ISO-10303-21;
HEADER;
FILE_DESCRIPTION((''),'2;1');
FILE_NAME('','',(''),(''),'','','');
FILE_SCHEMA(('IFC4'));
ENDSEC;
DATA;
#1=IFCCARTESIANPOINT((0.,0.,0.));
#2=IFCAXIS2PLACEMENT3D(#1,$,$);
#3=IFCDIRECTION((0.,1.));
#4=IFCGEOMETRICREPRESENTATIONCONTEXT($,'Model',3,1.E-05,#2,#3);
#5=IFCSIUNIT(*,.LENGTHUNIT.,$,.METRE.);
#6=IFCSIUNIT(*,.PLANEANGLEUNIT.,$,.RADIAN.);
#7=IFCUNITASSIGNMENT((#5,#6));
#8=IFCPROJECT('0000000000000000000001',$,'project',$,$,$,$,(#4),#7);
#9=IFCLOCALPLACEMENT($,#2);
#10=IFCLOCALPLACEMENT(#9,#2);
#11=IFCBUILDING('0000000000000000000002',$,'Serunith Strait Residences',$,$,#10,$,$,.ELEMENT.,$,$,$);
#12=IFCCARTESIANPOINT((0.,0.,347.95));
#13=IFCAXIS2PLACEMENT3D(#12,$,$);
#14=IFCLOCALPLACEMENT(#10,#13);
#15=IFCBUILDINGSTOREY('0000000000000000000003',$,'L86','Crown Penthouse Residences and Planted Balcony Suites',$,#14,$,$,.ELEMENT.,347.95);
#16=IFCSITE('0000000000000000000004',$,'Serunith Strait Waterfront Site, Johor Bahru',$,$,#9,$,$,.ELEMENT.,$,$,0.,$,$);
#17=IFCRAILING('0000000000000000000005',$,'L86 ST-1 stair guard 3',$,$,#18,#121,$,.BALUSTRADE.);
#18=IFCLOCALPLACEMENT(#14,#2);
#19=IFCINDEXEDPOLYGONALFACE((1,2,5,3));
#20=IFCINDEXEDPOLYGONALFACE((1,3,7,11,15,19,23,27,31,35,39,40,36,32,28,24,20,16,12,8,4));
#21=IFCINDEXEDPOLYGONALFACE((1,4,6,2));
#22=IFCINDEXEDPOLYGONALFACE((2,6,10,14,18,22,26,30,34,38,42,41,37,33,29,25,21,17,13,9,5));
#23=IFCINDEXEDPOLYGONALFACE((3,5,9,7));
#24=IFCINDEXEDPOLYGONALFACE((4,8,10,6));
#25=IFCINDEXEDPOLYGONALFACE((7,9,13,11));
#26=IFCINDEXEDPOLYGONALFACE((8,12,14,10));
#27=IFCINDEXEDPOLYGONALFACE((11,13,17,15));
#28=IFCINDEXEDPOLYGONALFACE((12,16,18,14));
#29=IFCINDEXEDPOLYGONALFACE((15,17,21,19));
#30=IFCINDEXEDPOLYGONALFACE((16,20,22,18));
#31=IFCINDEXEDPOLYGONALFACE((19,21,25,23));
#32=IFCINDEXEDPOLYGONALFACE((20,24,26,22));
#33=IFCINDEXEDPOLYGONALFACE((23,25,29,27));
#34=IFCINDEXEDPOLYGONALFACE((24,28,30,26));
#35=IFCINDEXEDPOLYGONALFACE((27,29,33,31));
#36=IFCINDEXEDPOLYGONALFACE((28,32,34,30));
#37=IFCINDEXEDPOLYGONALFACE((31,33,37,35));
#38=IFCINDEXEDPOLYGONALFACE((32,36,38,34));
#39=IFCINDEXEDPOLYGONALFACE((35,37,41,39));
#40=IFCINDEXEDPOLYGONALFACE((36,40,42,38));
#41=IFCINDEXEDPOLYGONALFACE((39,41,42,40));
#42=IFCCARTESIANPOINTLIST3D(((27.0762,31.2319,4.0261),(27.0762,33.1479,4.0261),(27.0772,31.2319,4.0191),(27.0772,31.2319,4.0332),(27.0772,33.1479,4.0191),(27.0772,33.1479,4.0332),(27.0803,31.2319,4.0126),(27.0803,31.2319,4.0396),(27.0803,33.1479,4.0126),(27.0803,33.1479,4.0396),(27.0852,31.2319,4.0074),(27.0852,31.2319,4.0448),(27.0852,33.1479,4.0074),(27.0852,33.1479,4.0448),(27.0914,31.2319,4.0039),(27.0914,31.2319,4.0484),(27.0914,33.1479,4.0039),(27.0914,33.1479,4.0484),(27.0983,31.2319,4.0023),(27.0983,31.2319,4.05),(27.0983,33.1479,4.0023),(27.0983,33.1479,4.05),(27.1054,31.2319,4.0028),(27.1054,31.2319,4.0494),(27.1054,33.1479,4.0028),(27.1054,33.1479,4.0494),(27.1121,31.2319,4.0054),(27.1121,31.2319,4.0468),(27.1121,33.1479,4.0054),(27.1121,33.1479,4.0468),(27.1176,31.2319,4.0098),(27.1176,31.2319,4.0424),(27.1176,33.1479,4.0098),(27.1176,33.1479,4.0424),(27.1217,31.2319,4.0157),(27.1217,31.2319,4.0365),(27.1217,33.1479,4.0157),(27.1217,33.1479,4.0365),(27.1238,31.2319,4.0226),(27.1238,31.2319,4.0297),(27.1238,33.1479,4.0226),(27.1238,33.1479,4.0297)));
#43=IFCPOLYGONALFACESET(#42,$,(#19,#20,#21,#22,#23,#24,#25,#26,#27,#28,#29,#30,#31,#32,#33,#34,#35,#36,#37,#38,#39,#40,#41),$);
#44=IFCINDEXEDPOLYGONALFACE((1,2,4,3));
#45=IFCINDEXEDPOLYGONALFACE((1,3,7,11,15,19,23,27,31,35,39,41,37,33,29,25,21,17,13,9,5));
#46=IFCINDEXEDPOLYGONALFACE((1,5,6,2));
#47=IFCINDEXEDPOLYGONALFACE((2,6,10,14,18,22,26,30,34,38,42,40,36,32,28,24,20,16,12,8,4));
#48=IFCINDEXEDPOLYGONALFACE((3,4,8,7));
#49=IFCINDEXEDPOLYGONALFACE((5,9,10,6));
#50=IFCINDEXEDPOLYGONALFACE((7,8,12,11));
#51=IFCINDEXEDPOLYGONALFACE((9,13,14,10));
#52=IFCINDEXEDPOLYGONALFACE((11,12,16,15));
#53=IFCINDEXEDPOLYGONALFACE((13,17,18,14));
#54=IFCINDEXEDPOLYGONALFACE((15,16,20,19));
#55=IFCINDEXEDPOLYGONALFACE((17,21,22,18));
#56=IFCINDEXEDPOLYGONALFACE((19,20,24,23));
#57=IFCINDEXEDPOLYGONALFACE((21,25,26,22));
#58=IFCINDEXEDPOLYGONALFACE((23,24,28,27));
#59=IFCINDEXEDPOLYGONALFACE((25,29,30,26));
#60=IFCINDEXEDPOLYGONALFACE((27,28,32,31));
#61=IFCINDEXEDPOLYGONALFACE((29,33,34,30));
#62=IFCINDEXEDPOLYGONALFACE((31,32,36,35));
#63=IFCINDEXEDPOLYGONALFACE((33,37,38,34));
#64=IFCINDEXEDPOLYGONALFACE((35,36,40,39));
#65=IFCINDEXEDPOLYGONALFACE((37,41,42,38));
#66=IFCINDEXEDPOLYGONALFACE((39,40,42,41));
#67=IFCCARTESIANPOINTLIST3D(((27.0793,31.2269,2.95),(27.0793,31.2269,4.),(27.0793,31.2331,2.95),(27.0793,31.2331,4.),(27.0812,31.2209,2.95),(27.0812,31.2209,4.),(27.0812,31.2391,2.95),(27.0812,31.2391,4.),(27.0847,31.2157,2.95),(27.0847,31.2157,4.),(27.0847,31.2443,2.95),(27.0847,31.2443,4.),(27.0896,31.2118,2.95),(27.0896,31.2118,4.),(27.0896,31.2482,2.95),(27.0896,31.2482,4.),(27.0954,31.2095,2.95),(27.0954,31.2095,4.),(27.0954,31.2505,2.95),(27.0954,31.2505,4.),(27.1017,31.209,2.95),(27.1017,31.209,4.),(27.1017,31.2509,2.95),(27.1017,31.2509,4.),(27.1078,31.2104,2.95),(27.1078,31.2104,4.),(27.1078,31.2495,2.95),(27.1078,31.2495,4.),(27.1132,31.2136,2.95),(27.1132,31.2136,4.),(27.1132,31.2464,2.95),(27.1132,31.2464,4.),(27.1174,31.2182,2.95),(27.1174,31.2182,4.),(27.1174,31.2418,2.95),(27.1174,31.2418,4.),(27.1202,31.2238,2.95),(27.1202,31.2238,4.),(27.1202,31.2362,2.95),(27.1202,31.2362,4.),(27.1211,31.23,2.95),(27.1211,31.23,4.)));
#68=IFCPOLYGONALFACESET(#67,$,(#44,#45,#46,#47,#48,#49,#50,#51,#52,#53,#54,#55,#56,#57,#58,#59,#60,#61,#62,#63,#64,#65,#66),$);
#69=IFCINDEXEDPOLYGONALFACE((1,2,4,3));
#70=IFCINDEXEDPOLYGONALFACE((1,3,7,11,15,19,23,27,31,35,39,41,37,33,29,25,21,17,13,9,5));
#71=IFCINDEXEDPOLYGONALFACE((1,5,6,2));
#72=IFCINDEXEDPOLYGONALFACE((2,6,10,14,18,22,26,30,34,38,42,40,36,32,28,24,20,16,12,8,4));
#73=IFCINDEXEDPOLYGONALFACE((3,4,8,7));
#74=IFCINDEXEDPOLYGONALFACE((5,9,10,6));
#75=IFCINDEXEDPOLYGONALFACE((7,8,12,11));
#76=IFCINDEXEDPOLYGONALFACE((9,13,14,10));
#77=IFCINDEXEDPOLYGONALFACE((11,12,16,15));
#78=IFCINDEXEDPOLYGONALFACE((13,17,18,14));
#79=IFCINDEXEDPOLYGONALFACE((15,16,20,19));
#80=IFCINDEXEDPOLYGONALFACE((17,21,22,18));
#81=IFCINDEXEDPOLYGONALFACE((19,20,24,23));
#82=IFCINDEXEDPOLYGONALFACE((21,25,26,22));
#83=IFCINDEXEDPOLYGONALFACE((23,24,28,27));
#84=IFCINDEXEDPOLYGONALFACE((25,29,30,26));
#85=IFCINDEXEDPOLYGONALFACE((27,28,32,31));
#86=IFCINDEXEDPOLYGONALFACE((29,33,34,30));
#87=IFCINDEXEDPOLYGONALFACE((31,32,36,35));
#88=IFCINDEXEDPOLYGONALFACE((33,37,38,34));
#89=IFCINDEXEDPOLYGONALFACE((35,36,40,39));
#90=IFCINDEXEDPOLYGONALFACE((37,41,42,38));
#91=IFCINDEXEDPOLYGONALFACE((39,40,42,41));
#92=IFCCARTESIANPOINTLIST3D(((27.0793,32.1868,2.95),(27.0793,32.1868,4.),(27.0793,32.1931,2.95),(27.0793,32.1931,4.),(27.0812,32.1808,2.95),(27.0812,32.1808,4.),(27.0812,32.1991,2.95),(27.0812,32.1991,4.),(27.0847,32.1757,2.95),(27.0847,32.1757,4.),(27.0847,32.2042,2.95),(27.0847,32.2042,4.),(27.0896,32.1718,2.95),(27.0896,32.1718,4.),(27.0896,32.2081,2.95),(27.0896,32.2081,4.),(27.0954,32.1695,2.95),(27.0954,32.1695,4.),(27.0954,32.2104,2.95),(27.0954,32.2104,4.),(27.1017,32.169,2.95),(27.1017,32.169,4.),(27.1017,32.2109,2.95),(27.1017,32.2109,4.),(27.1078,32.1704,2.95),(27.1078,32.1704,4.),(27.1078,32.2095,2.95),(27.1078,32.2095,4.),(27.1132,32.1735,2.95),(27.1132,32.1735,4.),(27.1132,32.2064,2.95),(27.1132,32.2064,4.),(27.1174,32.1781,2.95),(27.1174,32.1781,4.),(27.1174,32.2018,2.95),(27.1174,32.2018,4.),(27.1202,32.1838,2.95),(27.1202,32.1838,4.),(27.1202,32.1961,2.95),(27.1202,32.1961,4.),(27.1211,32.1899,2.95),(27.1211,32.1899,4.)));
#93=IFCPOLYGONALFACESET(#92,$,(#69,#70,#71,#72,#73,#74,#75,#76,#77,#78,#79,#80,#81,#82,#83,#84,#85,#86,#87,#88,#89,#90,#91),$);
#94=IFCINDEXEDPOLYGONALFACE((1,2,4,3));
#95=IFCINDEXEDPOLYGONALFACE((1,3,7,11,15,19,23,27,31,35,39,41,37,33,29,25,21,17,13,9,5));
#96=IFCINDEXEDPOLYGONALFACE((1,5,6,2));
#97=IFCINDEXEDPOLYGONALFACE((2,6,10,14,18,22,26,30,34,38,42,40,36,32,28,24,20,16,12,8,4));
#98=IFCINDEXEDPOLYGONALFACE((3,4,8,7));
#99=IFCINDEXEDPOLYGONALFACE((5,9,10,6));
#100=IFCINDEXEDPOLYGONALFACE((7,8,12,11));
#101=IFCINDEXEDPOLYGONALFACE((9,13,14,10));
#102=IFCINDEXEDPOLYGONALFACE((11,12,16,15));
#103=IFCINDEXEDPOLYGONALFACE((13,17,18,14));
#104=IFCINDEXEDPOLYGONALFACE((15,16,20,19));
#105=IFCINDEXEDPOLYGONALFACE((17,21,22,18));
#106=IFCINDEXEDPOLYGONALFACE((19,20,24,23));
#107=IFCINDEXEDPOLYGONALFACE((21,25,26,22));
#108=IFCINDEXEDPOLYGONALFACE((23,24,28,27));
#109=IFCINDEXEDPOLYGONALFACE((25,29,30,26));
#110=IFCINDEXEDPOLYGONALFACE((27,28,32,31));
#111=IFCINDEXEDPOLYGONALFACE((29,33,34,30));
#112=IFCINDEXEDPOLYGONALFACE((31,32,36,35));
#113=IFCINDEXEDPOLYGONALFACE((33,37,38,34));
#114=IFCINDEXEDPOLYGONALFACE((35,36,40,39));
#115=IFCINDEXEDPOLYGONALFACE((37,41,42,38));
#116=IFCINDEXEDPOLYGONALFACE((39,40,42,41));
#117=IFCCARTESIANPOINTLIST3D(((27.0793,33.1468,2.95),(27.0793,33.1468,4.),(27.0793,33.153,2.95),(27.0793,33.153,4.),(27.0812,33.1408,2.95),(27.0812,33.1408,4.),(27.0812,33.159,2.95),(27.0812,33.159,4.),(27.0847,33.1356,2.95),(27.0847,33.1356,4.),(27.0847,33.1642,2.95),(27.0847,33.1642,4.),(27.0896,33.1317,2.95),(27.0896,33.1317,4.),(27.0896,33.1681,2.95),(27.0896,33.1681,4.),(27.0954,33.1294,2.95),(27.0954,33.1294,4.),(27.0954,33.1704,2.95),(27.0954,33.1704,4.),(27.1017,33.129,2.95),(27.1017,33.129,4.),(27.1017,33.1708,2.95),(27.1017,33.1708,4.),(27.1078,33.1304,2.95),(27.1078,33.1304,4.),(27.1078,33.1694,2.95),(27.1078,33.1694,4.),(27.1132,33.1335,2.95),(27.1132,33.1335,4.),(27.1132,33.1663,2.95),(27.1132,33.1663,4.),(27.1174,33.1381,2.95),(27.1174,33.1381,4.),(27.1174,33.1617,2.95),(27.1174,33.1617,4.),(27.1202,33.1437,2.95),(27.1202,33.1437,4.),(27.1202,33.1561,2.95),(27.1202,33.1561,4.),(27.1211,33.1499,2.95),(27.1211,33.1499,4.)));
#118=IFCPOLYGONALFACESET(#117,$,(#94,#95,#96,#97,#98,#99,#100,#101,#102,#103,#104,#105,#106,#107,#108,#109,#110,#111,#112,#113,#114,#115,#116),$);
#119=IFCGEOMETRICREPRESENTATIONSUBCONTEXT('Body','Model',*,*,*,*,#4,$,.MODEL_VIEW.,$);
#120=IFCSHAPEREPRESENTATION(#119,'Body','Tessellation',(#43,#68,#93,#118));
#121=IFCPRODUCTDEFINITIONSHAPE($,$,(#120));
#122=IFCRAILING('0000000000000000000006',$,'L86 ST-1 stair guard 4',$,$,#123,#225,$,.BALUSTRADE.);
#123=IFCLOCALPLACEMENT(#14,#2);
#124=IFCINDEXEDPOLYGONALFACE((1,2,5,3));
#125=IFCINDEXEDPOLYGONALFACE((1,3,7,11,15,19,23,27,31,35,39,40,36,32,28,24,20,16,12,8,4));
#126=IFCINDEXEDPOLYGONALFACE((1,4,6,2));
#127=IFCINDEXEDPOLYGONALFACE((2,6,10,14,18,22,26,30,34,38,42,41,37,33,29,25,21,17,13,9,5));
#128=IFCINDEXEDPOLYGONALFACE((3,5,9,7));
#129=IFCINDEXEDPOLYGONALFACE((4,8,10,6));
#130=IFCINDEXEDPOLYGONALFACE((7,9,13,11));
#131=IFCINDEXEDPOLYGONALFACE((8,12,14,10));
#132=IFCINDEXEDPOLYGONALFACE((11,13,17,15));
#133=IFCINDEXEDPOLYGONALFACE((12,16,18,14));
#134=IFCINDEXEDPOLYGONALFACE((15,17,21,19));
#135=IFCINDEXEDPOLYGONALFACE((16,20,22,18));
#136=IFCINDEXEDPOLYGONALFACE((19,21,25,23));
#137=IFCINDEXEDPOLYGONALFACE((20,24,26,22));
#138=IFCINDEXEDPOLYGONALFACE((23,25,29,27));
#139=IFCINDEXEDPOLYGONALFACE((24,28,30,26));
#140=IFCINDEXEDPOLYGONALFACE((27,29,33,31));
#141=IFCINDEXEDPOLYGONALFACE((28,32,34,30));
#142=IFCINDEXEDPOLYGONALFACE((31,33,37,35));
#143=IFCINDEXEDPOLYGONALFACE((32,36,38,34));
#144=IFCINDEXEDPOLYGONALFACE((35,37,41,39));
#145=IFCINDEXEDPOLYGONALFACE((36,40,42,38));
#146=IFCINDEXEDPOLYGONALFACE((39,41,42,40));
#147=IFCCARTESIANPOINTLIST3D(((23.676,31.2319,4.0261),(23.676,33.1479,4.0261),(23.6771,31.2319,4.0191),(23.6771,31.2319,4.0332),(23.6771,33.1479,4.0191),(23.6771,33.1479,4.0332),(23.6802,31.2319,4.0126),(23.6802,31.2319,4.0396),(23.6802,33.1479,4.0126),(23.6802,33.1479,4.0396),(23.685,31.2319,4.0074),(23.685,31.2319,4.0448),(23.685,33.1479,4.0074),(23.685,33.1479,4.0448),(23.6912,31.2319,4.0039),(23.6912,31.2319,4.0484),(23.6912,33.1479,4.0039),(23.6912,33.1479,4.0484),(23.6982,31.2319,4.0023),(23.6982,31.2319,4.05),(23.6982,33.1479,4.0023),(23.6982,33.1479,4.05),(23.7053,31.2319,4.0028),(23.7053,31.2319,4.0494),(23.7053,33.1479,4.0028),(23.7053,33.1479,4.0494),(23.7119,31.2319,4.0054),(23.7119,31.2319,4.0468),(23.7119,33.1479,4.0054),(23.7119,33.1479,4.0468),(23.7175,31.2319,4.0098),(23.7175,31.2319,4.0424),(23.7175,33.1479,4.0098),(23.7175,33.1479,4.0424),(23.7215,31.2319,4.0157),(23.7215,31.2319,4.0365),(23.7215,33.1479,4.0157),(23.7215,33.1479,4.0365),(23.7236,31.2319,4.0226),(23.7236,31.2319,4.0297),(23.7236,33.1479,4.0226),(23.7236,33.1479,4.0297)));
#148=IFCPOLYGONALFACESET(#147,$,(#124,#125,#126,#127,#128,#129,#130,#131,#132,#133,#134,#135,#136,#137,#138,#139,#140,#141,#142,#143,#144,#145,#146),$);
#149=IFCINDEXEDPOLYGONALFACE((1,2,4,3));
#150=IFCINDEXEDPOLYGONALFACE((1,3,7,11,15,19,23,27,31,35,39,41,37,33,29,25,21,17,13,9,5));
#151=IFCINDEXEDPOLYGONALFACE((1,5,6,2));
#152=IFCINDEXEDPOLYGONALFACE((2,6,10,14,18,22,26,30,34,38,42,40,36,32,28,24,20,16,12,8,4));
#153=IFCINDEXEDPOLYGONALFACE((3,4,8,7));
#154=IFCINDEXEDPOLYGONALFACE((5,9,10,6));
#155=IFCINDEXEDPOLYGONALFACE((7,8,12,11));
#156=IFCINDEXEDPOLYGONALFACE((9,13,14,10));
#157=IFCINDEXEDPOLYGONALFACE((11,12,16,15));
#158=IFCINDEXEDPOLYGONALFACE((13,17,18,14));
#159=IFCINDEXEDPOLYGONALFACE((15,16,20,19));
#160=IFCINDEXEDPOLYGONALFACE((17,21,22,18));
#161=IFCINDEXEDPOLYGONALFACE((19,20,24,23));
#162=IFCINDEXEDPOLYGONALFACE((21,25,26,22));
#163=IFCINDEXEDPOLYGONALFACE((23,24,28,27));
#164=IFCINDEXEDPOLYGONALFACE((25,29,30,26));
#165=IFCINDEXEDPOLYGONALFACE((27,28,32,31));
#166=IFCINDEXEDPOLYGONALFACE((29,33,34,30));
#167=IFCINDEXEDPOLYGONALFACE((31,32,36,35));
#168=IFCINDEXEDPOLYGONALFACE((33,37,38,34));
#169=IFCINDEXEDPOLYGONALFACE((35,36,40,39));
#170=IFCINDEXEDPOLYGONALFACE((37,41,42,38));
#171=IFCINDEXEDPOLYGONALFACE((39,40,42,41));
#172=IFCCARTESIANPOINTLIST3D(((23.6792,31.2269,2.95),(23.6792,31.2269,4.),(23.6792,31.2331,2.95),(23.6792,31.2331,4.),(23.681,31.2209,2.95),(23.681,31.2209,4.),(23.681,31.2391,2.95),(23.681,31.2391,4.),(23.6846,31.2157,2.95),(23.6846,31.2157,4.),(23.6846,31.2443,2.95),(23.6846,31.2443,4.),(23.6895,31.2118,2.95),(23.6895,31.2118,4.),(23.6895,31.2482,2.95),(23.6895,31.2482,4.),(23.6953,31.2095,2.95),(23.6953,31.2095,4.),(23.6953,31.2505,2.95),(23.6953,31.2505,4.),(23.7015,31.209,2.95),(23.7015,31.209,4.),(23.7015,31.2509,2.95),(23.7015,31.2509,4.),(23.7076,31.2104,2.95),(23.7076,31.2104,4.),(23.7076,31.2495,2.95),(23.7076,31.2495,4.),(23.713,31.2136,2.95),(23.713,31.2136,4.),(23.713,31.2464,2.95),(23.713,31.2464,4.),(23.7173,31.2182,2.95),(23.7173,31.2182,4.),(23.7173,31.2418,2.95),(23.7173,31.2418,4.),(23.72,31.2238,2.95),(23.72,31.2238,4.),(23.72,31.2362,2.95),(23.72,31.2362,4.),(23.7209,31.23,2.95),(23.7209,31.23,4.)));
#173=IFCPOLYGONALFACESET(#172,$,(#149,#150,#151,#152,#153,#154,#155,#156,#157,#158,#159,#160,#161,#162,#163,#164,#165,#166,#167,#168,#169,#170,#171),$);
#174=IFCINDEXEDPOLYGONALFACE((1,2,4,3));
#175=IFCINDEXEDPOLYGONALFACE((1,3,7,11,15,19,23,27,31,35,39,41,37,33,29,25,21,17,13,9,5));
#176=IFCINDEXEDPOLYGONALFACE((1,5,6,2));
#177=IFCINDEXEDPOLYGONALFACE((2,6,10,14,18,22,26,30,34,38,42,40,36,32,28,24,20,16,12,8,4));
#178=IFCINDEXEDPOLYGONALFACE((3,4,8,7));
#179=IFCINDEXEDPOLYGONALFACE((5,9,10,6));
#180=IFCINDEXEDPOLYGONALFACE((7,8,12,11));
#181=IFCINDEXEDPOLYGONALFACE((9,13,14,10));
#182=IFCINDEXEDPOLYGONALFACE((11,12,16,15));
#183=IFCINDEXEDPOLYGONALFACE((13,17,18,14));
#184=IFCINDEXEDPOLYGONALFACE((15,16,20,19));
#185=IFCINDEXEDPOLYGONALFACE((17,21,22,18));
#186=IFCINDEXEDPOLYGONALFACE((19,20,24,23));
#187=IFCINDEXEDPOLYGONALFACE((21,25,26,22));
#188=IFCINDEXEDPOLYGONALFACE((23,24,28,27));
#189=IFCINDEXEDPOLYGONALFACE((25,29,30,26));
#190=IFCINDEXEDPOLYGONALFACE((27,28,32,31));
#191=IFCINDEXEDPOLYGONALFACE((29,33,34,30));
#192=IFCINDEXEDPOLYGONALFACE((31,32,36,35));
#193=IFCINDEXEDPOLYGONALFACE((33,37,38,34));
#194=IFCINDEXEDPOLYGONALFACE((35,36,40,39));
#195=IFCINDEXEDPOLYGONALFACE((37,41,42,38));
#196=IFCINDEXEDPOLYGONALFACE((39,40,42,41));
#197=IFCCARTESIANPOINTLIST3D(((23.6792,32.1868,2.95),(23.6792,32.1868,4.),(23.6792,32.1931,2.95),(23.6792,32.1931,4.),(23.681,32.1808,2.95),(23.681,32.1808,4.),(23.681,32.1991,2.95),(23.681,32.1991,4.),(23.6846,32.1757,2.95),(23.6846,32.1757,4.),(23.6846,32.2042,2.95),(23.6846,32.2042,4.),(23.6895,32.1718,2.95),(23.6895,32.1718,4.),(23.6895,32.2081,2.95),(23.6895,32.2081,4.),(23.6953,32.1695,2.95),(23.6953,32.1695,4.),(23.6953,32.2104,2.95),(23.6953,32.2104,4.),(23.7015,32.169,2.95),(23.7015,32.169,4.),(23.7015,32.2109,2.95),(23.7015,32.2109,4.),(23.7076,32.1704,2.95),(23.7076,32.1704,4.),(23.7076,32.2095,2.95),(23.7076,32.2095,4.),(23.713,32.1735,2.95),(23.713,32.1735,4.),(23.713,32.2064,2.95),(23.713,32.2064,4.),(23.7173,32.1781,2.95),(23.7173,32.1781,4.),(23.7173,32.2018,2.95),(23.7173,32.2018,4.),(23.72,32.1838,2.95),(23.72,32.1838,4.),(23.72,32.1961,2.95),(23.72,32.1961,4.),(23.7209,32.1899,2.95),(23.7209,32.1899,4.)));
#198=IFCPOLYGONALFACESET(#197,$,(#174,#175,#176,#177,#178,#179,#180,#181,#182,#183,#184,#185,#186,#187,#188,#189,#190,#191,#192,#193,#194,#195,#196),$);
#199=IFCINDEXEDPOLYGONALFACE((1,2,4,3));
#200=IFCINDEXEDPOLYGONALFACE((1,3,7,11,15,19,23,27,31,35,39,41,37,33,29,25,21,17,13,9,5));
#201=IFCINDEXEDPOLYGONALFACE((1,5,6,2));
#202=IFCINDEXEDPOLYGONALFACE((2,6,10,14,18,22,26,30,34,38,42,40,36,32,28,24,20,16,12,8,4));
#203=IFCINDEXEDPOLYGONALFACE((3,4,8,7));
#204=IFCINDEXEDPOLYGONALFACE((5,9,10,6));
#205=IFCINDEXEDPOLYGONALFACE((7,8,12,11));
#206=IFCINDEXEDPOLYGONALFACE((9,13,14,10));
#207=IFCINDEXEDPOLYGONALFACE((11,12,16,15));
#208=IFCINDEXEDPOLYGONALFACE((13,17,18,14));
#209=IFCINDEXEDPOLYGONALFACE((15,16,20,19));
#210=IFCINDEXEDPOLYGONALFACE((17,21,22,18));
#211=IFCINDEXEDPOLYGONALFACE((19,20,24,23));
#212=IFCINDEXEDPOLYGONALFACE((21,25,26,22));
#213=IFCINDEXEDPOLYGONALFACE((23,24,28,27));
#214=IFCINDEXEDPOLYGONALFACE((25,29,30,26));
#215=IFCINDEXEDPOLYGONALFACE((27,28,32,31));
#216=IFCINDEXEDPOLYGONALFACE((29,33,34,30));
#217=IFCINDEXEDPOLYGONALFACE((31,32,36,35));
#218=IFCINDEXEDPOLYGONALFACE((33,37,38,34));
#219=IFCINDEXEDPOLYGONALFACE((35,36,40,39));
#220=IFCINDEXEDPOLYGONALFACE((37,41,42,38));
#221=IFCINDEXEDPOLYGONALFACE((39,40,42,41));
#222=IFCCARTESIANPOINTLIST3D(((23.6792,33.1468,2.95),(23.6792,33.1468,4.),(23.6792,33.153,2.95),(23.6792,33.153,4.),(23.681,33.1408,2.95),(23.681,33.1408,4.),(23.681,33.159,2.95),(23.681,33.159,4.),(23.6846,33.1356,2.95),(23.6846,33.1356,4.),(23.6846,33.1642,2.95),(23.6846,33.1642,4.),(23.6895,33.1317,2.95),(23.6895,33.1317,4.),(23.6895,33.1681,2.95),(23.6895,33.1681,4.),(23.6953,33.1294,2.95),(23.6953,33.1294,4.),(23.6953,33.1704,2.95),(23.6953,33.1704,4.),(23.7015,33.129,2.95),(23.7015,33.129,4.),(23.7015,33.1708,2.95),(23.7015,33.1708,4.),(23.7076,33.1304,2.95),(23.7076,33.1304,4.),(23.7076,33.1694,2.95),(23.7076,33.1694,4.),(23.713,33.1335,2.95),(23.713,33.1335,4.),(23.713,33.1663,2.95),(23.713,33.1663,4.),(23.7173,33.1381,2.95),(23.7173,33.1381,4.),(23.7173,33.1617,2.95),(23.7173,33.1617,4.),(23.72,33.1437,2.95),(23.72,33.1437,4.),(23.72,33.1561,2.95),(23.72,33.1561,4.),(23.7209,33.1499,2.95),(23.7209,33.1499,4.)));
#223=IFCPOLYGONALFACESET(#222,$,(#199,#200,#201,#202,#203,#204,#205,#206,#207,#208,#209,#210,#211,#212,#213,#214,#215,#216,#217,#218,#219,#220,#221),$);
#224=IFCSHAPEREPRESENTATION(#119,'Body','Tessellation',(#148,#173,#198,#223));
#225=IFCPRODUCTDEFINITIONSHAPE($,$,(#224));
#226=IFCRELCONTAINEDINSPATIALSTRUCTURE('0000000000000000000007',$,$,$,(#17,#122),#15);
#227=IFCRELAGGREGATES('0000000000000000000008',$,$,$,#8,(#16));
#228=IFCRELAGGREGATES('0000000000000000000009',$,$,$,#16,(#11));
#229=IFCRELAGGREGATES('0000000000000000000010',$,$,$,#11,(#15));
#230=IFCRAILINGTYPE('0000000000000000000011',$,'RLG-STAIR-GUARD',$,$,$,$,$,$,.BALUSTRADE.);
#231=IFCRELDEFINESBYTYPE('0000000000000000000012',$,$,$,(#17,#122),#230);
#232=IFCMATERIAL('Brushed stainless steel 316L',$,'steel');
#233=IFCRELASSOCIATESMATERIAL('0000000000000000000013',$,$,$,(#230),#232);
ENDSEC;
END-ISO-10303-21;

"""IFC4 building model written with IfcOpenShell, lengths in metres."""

from ifc_helpers import new_model, si_unit, direction, frame, origin, origin_2d, place, context, subcontext, project, spatial, circle, extrude, material, type_object, element, save


model = new_model("IFC4")

# Units and contexts
model_context = context("Model", 3, precision=1e-05, world=origin(), true_north=direction((0.0, 1.0)))
body_context = subcontext(model_context, "Body", "Model", "MODEL_VIEW")
ifc_project = project(units=[si_unit("LENGTHUNIT", "METRE"), si_unit("PLANEANGLEUNIT", "RADIAN")], contexts=[model_context])

# Site, building, storey
site_placement = place(None, origin())
site = spatial("IfcSite", under=ifc_project, at=site_placement, Name="Serunith Strait Waterfront Site, Johor Bahru", CompositionType="ELEMENT", RefElevation=0.0)
building_placement = place(site_placement, origin())
building = spatial("IfcBuilding", under=site, at=building_placement, Name="Serunith Strait Residences", CompositionType="ELEMENT")
storey_placement = place(building_placement, frame((0.0, 0.0, 347.95)))
storey = spatial("IfcBuildingStorey", under=building, at=storey_placement, Name="L86", Description="Crown Penthouse Residences and Planted Balcony Suites", CompositionType="ELEMENT", Elevation=347.95)

# Railings
ifc_material_1 = material(Name="Brushed stainless steel 316L", Category="steel")
railing_type_1 = type_object("IfcRailingType", Name="RLG-STAIR-GUARD", PredefinedType="BALUSTRADE", material=ifc_material_1)
for number, where, name in (
    (1, (27.1001, 31.23, 2.95), "L86 ST-1 stair guard 3"),
    (2, (23.7, 31.23, 2.95), "L86 ST-1 stair guard 4"),
):
    element("IfcRailing", number, at=place(storey_placement, frame(where)), inside=storey, type_object=railing_type_1, Name=name, PredefinedType="BALUSTRADE", context=body_context, shape_type="SweptSolid", body=[
        extrude(circle(Radius=0.0239, at=origin_2d()), frame((0.0, 0.002, 1.0762), z_axis=(0.0, 1.0, 0.0), x_axis=(-1.0, 0.0, 0.0)), (0.0, 0.0, 1.0), 1.916),
        extrude(circle(Radius=0.021, at=origin_2d()), origin(), (0.0, 0.0, 1.0), 1.05),
        extrude(circle(Radius=0.021, at=origin_2d()), frame((0.0, 0.96, 0.0)), (0.0, 0.0, 1.0), 1.05),
        extrude(circle(Radius=0.021, at=origin_2d()), frame((0.0, 1.9199, 0.0)), (0.0, 0.0, 1.0), 1.05),
    ])

save(model, "model.ifc")
